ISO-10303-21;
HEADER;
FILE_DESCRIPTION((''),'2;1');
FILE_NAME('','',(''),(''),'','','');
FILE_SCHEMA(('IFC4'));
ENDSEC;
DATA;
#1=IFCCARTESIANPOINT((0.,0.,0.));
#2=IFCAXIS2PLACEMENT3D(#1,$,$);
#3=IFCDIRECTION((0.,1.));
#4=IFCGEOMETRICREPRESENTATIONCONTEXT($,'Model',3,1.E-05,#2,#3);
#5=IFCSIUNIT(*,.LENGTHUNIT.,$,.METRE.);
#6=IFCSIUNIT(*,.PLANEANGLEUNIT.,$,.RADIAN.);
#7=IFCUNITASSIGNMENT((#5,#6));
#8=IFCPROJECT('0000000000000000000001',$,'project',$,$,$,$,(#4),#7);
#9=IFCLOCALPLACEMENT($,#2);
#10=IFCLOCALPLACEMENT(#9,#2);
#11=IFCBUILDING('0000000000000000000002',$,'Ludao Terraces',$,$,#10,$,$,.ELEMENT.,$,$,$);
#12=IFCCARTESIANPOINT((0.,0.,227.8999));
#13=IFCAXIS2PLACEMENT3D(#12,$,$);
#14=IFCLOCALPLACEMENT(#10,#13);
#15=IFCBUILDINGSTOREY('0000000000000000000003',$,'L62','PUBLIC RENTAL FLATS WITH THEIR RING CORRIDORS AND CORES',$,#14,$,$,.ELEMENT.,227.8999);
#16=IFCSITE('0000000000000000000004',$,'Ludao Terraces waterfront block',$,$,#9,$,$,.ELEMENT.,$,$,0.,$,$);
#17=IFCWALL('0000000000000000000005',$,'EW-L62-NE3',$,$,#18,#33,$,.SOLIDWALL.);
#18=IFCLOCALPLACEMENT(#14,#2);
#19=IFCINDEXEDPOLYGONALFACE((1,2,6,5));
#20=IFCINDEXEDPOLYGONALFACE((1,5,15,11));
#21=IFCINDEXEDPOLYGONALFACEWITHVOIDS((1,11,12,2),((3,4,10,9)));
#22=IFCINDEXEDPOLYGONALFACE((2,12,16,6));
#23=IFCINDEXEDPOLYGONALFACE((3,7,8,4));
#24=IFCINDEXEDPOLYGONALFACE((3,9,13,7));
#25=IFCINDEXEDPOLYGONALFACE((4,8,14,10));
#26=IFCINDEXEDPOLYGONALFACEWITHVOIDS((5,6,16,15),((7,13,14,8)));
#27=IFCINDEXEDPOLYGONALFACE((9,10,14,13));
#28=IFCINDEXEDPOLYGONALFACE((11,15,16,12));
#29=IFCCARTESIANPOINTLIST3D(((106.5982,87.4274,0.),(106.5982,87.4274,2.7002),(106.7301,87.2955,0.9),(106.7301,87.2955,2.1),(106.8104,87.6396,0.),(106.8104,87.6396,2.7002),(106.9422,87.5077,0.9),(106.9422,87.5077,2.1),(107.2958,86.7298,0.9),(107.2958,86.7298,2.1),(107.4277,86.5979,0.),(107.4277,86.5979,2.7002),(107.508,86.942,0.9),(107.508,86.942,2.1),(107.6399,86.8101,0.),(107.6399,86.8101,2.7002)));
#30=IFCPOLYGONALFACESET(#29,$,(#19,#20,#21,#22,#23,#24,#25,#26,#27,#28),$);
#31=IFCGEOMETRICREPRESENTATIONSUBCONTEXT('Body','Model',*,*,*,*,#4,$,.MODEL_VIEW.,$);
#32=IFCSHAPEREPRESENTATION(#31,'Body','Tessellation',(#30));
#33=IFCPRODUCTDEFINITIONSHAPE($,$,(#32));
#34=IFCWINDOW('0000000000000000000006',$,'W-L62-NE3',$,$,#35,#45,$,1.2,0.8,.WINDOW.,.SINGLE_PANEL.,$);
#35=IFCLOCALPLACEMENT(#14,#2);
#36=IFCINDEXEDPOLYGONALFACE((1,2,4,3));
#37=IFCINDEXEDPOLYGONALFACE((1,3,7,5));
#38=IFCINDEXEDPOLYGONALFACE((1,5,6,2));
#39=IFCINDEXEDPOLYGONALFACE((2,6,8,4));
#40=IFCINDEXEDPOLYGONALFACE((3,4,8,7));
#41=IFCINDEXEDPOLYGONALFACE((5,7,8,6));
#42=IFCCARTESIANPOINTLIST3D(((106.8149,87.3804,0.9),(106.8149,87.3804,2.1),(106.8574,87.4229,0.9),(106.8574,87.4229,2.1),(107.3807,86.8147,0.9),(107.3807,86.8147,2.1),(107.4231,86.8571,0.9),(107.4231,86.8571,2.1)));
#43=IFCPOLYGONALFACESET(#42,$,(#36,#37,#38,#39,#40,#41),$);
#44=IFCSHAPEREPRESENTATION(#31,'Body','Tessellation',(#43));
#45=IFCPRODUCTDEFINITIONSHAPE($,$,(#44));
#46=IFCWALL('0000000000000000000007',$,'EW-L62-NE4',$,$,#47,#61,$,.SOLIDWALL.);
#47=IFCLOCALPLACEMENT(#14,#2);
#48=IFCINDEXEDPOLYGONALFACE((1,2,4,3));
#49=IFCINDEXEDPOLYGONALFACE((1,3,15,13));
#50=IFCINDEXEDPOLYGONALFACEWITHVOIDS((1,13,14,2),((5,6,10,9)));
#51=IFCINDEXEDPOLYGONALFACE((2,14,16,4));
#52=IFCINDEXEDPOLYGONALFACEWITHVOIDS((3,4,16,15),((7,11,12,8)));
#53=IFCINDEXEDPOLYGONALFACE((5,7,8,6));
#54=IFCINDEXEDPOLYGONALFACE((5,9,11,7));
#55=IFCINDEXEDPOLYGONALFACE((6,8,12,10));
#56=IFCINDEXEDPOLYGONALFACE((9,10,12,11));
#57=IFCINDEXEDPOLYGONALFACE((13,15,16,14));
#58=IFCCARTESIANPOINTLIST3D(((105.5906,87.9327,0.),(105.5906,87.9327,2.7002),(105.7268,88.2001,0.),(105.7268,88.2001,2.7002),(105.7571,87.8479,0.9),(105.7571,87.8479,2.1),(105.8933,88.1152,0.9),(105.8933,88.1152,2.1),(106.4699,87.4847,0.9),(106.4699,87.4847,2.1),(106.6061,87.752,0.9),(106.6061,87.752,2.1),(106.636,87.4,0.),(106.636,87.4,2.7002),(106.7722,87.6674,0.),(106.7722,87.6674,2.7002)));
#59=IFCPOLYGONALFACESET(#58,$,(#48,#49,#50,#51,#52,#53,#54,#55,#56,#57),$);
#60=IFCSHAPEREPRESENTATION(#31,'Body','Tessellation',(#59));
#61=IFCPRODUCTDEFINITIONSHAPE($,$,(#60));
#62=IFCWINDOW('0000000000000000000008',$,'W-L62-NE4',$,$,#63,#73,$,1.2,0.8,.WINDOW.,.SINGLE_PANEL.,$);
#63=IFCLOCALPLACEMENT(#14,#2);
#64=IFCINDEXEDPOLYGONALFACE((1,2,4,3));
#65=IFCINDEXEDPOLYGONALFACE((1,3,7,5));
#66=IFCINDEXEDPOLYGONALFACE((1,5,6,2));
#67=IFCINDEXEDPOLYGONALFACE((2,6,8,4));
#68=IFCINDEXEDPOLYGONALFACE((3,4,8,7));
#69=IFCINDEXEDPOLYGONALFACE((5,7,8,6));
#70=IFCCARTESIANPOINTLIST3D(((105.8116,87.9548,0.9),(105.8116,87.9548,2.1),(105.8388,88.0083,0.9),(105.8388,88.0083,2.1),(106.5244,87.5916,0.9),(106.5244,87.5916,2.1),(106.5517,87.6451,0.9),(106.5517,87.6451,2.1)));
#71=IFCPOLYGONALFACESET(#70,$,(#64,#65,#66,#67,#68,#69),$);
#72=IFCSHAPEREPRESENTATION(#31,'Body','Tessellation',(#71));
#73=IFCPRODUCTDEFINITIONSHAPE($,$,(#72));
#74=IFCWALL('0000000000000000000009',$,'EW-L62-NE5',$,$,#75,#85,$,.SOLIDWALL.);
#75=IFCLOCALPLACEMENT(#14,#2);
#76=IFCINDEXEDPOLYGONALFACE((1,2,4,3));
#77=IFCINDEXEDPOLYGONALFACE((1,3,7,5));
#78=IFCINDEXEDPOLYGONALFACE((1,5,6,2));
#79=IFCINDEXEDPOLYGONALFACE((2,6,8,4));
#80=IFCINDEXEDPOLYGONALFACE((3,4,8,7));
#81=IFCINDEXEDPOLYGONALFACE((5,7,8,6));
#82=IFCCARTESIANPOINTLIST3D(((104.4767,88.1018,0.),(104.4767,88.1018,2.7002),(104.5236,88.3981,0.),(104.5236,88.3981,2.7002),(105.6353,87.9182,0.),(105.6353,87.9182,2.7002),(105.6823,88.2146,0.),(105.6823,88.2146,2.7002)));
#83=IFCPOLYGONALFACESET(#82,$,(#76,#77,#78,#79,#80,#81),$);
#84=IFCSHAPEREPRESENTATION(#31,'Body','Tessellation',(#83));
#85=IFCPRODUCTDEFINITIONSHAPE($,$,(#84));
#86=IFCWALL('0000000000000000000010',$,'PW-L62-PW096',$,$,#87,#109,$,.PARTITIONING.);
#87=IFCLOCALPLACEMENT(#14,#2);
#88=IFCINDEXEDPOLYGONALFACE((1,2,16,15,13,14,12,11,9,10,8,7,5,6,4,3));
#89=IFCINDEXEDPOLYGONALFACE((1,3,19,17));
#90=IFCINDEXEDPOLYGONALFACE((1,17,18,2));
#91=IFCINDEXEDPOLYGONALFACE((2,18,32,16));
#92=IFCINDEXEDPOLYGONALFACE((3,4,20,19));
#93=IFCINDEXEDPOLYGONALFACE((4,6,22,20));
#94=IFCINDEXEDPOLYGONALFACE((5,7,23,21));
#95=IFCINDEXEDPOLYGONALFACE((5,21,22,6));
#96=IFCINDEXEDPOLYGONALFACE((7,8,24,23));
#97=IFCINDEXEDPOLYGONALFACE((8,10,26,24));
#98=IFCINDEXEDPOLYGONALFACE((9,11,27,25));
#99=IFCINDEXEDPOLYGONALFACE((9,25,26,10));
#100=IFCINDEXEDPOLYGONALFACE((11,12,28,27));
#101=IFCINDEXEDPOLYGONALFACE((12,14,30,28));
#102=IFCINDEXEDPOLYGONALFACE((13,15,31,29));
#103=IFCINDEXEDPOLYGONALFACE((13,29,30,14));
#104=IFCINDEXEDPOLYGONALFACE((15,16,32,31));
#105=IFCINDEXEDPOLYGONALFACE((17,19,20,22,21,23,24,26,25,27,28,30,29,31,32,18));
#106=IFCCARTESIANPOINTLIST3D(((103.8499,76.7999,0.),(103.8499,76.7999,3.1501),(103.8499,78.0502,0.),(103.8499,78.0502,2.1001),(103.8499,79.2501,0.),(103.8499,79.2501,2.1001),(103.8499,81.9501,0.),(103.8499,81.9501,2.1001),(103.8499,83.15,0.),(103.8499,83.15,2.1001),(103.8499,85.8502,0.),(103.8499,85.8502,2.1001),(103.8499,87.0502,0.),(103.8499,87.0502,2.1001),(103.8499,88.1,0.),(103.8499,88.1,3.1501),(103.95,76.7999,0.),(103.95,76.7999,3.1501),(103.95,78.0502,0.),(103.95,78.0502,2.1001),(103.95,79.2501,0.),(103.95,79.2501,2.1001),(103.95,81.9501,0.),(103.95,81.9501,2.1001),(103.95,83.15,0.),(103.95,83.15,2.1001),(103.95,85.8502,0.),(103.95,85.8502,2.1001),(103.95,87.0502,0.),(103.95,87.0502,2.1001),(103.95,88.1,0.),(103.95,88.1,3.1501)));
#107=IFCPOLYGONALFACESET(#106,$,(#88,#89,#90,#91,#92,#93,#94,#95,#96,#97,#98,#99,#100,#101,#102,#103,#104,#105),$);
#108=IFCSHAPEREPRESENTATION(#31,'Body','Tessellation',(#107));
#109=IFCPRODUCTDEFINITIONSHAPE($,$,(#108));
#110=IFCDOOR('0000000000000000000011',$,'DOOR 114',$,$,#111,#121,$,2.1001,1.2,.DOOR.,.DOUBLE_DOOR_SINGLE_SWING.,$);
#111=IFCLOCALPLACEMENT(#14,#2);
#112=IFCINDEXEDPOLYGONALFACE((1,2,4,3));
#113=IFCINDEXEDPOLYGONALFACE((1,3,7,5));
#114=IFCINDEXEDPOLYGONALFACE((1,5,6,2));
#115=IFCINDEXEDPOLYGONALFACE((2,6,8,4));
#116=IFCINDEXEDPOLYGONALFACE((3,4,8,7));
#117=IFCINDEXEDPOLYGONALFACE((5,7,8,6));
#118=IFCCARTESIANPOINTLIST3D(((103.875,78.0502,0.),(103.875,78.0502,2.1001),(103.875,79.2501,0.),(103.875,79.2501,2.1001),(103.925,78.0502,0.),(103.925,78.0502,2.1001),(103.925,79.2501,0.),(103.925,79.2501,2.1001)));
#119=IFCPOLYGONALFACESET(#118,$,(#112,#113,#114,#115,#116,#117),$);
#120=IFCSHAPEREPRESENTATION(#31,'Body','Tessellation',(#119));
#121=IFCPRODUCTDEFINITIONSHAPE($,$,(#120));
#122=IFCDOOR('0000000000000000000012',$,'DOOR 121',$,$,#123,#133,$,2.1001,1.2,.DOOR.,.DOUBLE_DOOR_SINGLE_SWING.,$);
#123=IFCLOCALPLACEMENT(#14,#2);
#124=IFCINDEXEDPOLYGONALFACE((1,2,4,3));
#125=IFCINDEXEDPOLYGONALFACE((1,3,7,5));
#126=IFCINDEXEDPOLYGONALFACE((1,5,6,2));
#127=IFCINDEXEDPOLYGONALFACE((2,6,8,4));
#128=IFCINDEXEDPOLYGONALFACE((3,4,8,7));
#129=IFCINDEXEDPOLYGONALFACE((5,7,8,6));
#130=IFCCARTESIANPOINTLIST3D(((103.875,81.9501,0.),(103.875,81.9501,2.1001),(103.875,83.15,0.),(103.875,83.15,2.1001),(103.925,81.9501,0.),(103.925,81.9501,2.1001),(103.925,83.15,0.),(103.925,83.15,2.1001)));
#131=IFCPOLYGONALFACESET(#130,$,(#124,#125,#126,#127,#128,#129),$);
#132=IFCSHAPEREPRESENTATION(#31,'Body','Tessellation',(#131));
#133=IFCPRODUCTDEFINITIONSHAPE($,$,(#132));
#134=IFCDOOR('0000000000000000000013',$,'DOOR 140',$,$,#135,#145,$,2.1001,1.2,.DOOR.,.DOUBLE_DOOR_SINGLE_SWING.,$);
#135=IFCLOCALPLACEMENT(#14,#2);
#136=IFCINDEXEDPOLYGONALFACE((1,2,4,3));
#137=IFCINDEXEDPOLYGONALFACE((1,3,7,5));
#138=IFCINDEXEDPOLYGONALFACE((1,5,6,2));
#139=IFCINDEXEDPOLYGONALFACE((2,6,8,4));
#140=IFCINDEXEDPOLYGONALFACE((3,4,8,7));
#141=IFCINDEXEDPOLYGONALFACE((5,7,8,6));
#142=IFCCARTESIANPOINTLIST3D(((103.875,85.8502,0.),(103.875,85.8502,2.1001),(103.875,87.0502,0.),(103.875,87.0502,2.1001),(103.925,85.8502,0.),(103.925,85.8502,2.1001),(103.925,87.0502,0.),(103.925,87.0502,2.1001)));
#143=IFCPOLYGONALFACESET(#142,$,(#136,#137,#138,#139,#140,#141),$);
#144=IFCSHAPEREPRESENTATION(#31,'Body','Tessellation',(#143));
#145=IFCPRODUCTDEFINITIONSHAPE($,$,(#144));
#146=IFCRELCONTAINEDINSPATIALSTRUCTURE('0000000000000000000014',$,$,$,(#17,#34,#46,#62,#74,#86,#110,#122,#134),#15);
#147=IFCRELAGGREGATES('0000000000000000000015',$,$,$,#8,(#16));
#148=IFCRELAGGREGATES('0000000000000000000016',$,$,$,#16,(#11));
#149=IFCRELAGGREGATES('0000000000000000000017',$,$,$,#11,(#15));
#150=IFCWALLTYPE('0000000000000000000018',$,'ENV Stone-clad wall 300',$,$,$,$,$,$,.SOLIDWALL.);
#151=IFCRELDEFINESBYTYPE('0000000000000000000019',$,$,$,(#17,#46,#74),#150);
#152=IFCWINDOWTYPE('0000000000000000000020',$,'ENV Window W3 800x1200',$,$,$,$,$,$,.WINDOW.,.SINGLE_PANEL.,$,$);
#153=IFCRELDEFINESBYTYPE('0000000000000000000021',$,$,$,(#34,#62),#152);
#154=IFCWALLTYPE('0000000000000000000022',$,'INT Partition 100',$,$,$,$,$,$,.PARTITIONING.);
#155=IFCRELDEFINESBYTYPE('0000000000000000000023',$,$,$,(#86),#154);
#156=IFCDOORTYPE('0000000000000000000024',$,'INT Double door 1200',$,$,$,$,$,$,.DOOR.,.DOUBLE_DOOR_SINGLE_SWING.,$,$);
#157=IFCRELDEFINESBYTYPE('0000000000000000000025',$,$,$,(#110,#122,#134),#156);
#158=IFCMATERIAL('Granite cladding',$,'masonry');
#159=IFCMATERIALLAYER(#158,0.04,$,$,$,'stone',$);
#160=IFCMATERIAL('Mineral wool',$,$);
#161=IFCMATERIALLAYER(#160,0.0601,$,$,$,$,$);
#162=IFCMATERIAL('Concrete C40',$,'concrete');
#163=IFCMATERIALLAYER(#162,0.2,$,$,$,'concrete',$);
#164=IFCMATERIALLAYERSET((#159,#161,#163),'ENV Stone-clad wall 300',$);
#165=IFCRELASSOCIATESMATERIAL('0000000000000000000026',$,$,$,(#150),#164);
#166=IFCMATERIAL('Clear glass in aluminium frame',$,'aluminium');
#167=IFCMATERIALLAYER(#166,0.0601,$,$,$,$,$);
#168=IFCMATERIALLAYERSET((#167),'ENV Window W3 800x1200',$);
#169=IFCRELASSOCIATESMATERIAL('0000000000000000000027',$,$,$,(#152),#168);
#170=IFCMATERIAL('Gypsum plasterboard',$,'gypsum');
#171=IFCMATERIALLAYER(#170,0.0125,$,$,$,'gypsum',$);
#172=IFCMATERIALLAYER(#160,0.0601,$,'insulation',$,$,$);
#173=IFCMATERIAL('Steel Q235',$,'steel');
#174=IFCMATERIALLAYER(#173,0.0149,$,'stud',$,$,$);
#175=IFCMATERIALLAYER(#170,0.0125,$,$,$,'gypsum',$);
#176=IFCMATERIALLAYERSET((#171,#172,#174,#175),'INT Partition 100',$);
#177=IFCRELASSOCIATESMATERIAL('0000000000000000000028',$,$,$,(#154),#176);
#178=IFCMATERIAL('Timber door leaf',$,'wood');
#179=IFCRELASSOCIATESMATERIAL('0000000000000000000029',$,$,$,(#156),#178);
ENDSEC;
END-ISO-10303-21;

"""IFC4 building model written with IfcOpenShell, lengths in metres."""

from ifc_helpers import new_model, si_unit, direction, frame, frame_2d, origin, place, context, subcontext, project, spatial, rectangle, extrude, material, layer, layer_set, type_object, element, fill, save


model = new_model("IFC4")

# Units and contexts
model_context = context("Model", 3, precision=1e-05, world=origin(), true_north=direction((0.0, 1.0)))
body_context = subcontext(model_context, "Body", "Model", "MODEL_VIEW")
ifc_project = project(units=[si_unit("LENGTHUNIT", "METRE"), si_unit("PLANEANGLEUNIT", "RADIAN")], contexts=[model_context])

# Site, building, storey
site_placement = place(None, origin())
site = spatial("IfcSite", under=ifc_project, at=site_placement, Name="Ludao Terraces waterfront block", CompositionType="ELEMENT", RefElevation=0.0)
building_placement = place(site_placement, origin())
building = spatial("IfcBuilding", under=site, at=building_placement, Name="Ludao Terraces", CompositionType="ELEMENT")
storey_placement = place(building_placement, frame((0.0, 0.0, 227.8999)))
storey = spatial("IfcBuildingStorey", under=building, at=storey_placement, Name="L62", Description="PUBLIC RENTAL FLATS WITH THEIR RING CORRIDORS AND CORES", CompositionType="ELEMENT", Elevation=227.8999)

# Shared definitions
ifc_material_1 = material(Name="Concrete C40", Category="concrete")

# Shared definitions
ifc_material_2 = material(Name="Granite cladding", Category="masonry")
ifc_layer_1 = layer(ifc_material_2, 0.04, Category="stone")
ifc_material_3 = material(Name="Mineral wool")
ifc_layer_2 = layer(ifc_material_3, 0.0601)
ifc_layer_3 = layer(ifc_material_1, 0.2, Category="concrete")
ifc_layer_set_1 = layer_set([ifc_layer_1, ifc_layer_2, ifc_layer_3], Name="ENV Stone-clad wall 300")
wall_type_1 = type_object("IfcWallType", Name="ENV Stone-clad wall 300", PredefinedType="SOLIDWALL", material=ifc_layer_set_1)
ifc_material_4 = material(Name="Clear glass in aluminium frame", Category="aluminium")

# Walls, openings, windows
ifc_layer_4 = layer(ifc_material_4, 0.0601)
ifc_layer_set_2 = layer_set([ifc_layer_4], Name="ENV Window W3 800x1200")
window_type_1 = type_object("IfcWindowType", Name="ENV Window W3 800x1200", PartitioningType="SINGLE_PANEL", PredefinedType="WINDOW", material=ifc_layer_set_2)
wall_1_placement = place(storey_placement, frame((107.5337, 86.7041, 0.0), z_axis=(0.0, 0.0, 1.0), x_axis=(-0.707107, 0.707107, 0.0)))
wall_1 = element("IfcWall", 1, at=wall_1_placement, inside=storey, type_object=wall_type_1, Name="EW-L62-NE3", PredefinedType="SOLIDWALL", context=body_context, shape_type="SweptSolid", body=[
    extrude(rectangle(XDim=1.1731, YDim=0.3, at=frame_2d((0.5864, 0.0))), origin(), (0.0, 0.0, 1.0), 2.7002),
])
opening_1_placement = place(wall_1_placement, frame((0.1865, 0.0, 0.8999)))
opening_1 = element("IfcOpeningElement", 2, at=opening_1_placement, cuts=wall_1, PredefinedType="OPENING", context=body_context, shape_type="SweptSolid", body=[
    extrude(rectangle(XDim=0.8, YDim=1.2, at=frame_2d((0.3999, 0.6001))), frame((0.0, 0.1602, 0.0), z_axis=(0.0, -1.0, 0.0), x_axis=(1.0, 0.0, 0.0)), (0.0, 0.0, 1.0), 0.3201),
])
window_1_placement = place(opening_1_placement, origin())
window_1 = element("IfcWindow", 3, at=window_1_placement, inside=storey, type_object=window_type_1, Name="W-L62-NE3", OverallHeight=1.2, OverallWidth=0.8, PartitioningType="SINGLE_PANEL", PredefinedType="WINDOW", context=body_context, shape_type="SweptSolid", body=[
    extrude(rectangle(XDim=0.8, YDim=1.2, at=frame_2d((0.3999, 0.6001))), frame((0.0, 0.03, 0.0), z_axis=(0.0, -1.0, 0.0), x_axis=(1.0, 0.0, 0.0)), (0.0, 0.0, 1.0), 0.0601),
])
fill(opening_1, window_1)
wall_2_placement = place(storey_placement, frame((106.7041, 87.5337, 0.0), z_axis=(0.0, 0.0, 1.0), x_axis=(-0.890989, 0.454026, 0.0)))
wall_2 = element("IfcWall", 4, at=wall_2_placement, inside=storey, type_object=wall_type_1, Name="EW-L62-NE4", PredefinedType="SOLIDWALL", context=body_context, shape_type="SweptSolid", body=[
    extrude(rectangle(XDim=1.1733, YDim=0.3, at=frame_2d((0.5867, 0.0))), origin(), (0.0, 0.0, 1.0), 2.7002),
])
opening_2_placement = place(wall_2_placement, frame((0.1865, 0.0, 0.8999)))
opening_2 = element("IfcOpeningElement", 5, at=opening_2_placement, cuts=wall_2, PredefinedType="OPENING", context=body_context, shape_type="SweptSolid", body=[
    extrude(rectangle(XDim=0.8, YDim=1.2, at=frame_2d((0.3999, 0.6001))), frame((0.0, 0.1602, 0.0), z_axis=(0.0, -1.0, 0.0), x_axis=(1.0, 0.0, 0.0)), (0.0, 0.0, 1.0), 0.3201),
])
window_2_placement = place(opening_2_placement, origin())
window_2 = element("IfcWindow", 6, at=window_2_placement, inside=storey, type_object=window_type_1, Name="W-L62-NE4", OverallHeight=1.2, OverallWidth=0.8, PartitioningType="SINGLE_PANEL", PredefinedType="WINDOW", context=body_context, shape_type="SweptSolid", body=[
    extrude(rectangle(XDim=0.8, YDim=1.2, at=frame_2d((0.3999, 0.6001))), frame((0.0, 0.03, 0.0), z_axis=(0.0, -1.0, 0.0), x_axis=(1.0, 0.0, 0.0)), (0.0, 0.0, 1.0), 0.0601),
])
fill(opening_2, window_2)

# Wall
wall_3_placement = place(storey_placement, frame((105.6587, 88.0664, 0.0), z_axis=(0.0, 0.0, 1.0), x_axis=(-0.987678, 0.156497, 0.0)))
element("IfcWall", 7, at=wall_3_placement, inside=storey, type_object=wall_type_1, Name="EW-L62-NE5", PredefinedType="SOLIDWALL", context=body_context, shape_type="SweptSolid", body=[
    extrude(rectangle(XDim=1.1731, YDim=0.3, at=frame_2d((0.5864, 0.0))), origin(), (0.0, 0.0, 1.0), 2.7002),
])

# Wall, openings, doors
ifc_material_5 = material(Name="Gypsum plasterboard", Category="gypsum")
ifc_layer_5 = layer(ifc_material_5, 0.0125, Category="gypsum")
ifc_layer_6 = layer(ifc_material_3, 0.0601, Name="insulation")
ifc_material_6 = material(Name="Steel Q235", Category="steel")
ifc_layer_7 = layer(ifc_material_6, 0.0149, Name="stud")
ifc_layer_8 = layer(ifc_material_5, 0.0125, Category="gypsum")
ifc_layer_set_3 = layer_set([ifc_layer_5, ifc_layer_6, ifc_layer_7, ifc_layer_8], Name="INT Partition 100")
wall_type_2 = type_object("IfcWallType", Name="INT Partition 100", PredefinedType="PARTITIONING", material=ifc_layer_set_3)
wall_4_placement = place(storey_placement, frame((103.8999, 76.8, 0.0), z_axis=(0.0, 0.0, 1.0), x_axis=(0.0, 1.0, 0.0)))
wall_4 = element("IfcWall", 8, at=wall_4_placement, inside=storey, type_object=wall_type_2, Name="PW-L62-PW096", PredefinedType="PARTITIONING", context=body_context, shape_type="SweptSolid", body=[
    extrude(rectangle(XDim=11.3, YDim=0.1001, at=frame_2d((5.6499, 0.0))), origin(), (0.0, 0.0, 1.0), 3.1501),
])
opening_3_placement = place(wall_4_placement, frame((1.25, 0.0, 0.0)))
opening_3 = element("IfcOpeningElement", 9, at=opening_3_placement, cuts=wall_4, PredefinedType="OPENING", context=body_context, shape_type="SweptSolid", body=[
    extrude(rectangle(XDim=1.2, YDim=2.1001, at=frame_2d((0.6001, 1.05))), frame((0.0, 0.0601, 0.0), z_axis=(0.0, -1.0, 0.0), x_axis=(1.0, 0.0, 0.0)), (0.0, 0.0, 1.0), 0.1201),
])
opening_4_placement = place(wall_4_placement, frame((5.1499, 0.0, 0.0)))
opening_4 = element("IfcOpeningElement", 10, at=opening_4_placement, cuts=wall_4, PredefinedType="OPENING", context=body_context, shape_type="SweptSolid", body=[
    extrude(rectangle(XDim=1.2, YDim=2.1001, at=frame_2d((0.6001, 1.05))), frame((0.0, 0.0601, 0.0), z_axis=(0.0, -1.0, 0.0), x_axis=(1.0, 0.0, 0.0)), (0.0, 0.0, 1.0), 0.1201),
])
opening_5_placement = place(wall_4_placement, frame((9.05, 0.0, 0.0)))
opening_5 = element("IfcOpeningElement", 11, at=opening_5_placement, cuts=wall_4, PredefinedType="OPENING", context=body_context, shape_type="SweptSolid", body=[
    extrude(rectangle(XDim=1.2, YDim=2.1001, at=frame_2d((0.6001, 1.05))), frame((0.0, 0.0601, 0.0), z_axis=(0.0, -1.0, 0.0), x_axis=(1.0, 0.0, 0.0)), (0.0, 0.0, 1.0), 0.1201),
])
ifc_material_7 = material(Name="Timber door leaf", Category="wood")
door_type = type_object("IfcDoorType", Name="INT Double door 1200", OperationType="DOUBLE_DOOR_SINGLE_SWING", PredefinedType="DOOR", material=ifc_material_7)
door_1_placement = place(opening_3_placement, origin())
door_1 = element("IfcDoor", 12, at=door_1_placement, inside=storey, type_object=door_type, Name="DOOR 114", OperationType="DOUBLE_DOOR_SINGLE_SWING", OverallHeight=2.1001, OverallWidth=1.2, PredefinedType="DOOR", context=body_context, shape_type="SweptSolid", body=[
    extrude(rectangle(XDim=1.2, YDim=2.1001, at=frame_2d((0.6001, 1.05))), frame((0.0, 0.0249, 0.0), z_axis=(0.0, -1.0, 0.0), x_axis=(1.0, 0.0, 0.0)), (0.0, 0.0, 1.0), 0.05),
])
fill(opening_3, door_1)
door_2_placement = place(opening_4_placement, origin())
door_2 = element("IfcDoor", 13, at=door_2_placement, inside=storey, type_object=door_type, Name="DOOR 121", OperationType="DOUBLE_DOOR_SINGLE_SWING", OverallHeight=2.1001, OverallWidth=1.2, PredefinedType="DOOR", context=body_context, shape_type="SweptSolid", body=[
    extrude(rectangle(XDim=1.2, YDim=2.1001, at=frame_2d((0.6001, 1.05))), frame((0.0, 0.0249, 0.0), z_axis=(0.0, -1.0, 0.0), x_axis=(1.0, 0.0, 0.0)), (0.0, 0.0, 1.0), 0.05),
])
fill(opening_4, door_2)
door_3_placement = place(opening_5_placement, origin())
door_3 = element("IfcDoor", 14, at=door_3_placement, inside=storey, type_object=door_type, Name="DOOR 140", OperationType="DOUBLE_DOOR_SINGLE_SWING", OverallHeight=2.1001, OverallWidth=1.2, PredefinedType="DOOR", context=body_context, shape_type="SweptSolid", body=[
    extrude(rectangle(XDim=1.2, YDim=2.1001, at=frame_2d((0.6001, 1.05))), frame((0.0, 0.0249, 0.0), z_axis=(0.0, -1.0, 0.0), x_axis=(1.0, 0.0, 0.0)), (0.0, 0.0, 1.0), 0.05),
])
fill(opening_5, door_3)

save(model, "model.ifc")
